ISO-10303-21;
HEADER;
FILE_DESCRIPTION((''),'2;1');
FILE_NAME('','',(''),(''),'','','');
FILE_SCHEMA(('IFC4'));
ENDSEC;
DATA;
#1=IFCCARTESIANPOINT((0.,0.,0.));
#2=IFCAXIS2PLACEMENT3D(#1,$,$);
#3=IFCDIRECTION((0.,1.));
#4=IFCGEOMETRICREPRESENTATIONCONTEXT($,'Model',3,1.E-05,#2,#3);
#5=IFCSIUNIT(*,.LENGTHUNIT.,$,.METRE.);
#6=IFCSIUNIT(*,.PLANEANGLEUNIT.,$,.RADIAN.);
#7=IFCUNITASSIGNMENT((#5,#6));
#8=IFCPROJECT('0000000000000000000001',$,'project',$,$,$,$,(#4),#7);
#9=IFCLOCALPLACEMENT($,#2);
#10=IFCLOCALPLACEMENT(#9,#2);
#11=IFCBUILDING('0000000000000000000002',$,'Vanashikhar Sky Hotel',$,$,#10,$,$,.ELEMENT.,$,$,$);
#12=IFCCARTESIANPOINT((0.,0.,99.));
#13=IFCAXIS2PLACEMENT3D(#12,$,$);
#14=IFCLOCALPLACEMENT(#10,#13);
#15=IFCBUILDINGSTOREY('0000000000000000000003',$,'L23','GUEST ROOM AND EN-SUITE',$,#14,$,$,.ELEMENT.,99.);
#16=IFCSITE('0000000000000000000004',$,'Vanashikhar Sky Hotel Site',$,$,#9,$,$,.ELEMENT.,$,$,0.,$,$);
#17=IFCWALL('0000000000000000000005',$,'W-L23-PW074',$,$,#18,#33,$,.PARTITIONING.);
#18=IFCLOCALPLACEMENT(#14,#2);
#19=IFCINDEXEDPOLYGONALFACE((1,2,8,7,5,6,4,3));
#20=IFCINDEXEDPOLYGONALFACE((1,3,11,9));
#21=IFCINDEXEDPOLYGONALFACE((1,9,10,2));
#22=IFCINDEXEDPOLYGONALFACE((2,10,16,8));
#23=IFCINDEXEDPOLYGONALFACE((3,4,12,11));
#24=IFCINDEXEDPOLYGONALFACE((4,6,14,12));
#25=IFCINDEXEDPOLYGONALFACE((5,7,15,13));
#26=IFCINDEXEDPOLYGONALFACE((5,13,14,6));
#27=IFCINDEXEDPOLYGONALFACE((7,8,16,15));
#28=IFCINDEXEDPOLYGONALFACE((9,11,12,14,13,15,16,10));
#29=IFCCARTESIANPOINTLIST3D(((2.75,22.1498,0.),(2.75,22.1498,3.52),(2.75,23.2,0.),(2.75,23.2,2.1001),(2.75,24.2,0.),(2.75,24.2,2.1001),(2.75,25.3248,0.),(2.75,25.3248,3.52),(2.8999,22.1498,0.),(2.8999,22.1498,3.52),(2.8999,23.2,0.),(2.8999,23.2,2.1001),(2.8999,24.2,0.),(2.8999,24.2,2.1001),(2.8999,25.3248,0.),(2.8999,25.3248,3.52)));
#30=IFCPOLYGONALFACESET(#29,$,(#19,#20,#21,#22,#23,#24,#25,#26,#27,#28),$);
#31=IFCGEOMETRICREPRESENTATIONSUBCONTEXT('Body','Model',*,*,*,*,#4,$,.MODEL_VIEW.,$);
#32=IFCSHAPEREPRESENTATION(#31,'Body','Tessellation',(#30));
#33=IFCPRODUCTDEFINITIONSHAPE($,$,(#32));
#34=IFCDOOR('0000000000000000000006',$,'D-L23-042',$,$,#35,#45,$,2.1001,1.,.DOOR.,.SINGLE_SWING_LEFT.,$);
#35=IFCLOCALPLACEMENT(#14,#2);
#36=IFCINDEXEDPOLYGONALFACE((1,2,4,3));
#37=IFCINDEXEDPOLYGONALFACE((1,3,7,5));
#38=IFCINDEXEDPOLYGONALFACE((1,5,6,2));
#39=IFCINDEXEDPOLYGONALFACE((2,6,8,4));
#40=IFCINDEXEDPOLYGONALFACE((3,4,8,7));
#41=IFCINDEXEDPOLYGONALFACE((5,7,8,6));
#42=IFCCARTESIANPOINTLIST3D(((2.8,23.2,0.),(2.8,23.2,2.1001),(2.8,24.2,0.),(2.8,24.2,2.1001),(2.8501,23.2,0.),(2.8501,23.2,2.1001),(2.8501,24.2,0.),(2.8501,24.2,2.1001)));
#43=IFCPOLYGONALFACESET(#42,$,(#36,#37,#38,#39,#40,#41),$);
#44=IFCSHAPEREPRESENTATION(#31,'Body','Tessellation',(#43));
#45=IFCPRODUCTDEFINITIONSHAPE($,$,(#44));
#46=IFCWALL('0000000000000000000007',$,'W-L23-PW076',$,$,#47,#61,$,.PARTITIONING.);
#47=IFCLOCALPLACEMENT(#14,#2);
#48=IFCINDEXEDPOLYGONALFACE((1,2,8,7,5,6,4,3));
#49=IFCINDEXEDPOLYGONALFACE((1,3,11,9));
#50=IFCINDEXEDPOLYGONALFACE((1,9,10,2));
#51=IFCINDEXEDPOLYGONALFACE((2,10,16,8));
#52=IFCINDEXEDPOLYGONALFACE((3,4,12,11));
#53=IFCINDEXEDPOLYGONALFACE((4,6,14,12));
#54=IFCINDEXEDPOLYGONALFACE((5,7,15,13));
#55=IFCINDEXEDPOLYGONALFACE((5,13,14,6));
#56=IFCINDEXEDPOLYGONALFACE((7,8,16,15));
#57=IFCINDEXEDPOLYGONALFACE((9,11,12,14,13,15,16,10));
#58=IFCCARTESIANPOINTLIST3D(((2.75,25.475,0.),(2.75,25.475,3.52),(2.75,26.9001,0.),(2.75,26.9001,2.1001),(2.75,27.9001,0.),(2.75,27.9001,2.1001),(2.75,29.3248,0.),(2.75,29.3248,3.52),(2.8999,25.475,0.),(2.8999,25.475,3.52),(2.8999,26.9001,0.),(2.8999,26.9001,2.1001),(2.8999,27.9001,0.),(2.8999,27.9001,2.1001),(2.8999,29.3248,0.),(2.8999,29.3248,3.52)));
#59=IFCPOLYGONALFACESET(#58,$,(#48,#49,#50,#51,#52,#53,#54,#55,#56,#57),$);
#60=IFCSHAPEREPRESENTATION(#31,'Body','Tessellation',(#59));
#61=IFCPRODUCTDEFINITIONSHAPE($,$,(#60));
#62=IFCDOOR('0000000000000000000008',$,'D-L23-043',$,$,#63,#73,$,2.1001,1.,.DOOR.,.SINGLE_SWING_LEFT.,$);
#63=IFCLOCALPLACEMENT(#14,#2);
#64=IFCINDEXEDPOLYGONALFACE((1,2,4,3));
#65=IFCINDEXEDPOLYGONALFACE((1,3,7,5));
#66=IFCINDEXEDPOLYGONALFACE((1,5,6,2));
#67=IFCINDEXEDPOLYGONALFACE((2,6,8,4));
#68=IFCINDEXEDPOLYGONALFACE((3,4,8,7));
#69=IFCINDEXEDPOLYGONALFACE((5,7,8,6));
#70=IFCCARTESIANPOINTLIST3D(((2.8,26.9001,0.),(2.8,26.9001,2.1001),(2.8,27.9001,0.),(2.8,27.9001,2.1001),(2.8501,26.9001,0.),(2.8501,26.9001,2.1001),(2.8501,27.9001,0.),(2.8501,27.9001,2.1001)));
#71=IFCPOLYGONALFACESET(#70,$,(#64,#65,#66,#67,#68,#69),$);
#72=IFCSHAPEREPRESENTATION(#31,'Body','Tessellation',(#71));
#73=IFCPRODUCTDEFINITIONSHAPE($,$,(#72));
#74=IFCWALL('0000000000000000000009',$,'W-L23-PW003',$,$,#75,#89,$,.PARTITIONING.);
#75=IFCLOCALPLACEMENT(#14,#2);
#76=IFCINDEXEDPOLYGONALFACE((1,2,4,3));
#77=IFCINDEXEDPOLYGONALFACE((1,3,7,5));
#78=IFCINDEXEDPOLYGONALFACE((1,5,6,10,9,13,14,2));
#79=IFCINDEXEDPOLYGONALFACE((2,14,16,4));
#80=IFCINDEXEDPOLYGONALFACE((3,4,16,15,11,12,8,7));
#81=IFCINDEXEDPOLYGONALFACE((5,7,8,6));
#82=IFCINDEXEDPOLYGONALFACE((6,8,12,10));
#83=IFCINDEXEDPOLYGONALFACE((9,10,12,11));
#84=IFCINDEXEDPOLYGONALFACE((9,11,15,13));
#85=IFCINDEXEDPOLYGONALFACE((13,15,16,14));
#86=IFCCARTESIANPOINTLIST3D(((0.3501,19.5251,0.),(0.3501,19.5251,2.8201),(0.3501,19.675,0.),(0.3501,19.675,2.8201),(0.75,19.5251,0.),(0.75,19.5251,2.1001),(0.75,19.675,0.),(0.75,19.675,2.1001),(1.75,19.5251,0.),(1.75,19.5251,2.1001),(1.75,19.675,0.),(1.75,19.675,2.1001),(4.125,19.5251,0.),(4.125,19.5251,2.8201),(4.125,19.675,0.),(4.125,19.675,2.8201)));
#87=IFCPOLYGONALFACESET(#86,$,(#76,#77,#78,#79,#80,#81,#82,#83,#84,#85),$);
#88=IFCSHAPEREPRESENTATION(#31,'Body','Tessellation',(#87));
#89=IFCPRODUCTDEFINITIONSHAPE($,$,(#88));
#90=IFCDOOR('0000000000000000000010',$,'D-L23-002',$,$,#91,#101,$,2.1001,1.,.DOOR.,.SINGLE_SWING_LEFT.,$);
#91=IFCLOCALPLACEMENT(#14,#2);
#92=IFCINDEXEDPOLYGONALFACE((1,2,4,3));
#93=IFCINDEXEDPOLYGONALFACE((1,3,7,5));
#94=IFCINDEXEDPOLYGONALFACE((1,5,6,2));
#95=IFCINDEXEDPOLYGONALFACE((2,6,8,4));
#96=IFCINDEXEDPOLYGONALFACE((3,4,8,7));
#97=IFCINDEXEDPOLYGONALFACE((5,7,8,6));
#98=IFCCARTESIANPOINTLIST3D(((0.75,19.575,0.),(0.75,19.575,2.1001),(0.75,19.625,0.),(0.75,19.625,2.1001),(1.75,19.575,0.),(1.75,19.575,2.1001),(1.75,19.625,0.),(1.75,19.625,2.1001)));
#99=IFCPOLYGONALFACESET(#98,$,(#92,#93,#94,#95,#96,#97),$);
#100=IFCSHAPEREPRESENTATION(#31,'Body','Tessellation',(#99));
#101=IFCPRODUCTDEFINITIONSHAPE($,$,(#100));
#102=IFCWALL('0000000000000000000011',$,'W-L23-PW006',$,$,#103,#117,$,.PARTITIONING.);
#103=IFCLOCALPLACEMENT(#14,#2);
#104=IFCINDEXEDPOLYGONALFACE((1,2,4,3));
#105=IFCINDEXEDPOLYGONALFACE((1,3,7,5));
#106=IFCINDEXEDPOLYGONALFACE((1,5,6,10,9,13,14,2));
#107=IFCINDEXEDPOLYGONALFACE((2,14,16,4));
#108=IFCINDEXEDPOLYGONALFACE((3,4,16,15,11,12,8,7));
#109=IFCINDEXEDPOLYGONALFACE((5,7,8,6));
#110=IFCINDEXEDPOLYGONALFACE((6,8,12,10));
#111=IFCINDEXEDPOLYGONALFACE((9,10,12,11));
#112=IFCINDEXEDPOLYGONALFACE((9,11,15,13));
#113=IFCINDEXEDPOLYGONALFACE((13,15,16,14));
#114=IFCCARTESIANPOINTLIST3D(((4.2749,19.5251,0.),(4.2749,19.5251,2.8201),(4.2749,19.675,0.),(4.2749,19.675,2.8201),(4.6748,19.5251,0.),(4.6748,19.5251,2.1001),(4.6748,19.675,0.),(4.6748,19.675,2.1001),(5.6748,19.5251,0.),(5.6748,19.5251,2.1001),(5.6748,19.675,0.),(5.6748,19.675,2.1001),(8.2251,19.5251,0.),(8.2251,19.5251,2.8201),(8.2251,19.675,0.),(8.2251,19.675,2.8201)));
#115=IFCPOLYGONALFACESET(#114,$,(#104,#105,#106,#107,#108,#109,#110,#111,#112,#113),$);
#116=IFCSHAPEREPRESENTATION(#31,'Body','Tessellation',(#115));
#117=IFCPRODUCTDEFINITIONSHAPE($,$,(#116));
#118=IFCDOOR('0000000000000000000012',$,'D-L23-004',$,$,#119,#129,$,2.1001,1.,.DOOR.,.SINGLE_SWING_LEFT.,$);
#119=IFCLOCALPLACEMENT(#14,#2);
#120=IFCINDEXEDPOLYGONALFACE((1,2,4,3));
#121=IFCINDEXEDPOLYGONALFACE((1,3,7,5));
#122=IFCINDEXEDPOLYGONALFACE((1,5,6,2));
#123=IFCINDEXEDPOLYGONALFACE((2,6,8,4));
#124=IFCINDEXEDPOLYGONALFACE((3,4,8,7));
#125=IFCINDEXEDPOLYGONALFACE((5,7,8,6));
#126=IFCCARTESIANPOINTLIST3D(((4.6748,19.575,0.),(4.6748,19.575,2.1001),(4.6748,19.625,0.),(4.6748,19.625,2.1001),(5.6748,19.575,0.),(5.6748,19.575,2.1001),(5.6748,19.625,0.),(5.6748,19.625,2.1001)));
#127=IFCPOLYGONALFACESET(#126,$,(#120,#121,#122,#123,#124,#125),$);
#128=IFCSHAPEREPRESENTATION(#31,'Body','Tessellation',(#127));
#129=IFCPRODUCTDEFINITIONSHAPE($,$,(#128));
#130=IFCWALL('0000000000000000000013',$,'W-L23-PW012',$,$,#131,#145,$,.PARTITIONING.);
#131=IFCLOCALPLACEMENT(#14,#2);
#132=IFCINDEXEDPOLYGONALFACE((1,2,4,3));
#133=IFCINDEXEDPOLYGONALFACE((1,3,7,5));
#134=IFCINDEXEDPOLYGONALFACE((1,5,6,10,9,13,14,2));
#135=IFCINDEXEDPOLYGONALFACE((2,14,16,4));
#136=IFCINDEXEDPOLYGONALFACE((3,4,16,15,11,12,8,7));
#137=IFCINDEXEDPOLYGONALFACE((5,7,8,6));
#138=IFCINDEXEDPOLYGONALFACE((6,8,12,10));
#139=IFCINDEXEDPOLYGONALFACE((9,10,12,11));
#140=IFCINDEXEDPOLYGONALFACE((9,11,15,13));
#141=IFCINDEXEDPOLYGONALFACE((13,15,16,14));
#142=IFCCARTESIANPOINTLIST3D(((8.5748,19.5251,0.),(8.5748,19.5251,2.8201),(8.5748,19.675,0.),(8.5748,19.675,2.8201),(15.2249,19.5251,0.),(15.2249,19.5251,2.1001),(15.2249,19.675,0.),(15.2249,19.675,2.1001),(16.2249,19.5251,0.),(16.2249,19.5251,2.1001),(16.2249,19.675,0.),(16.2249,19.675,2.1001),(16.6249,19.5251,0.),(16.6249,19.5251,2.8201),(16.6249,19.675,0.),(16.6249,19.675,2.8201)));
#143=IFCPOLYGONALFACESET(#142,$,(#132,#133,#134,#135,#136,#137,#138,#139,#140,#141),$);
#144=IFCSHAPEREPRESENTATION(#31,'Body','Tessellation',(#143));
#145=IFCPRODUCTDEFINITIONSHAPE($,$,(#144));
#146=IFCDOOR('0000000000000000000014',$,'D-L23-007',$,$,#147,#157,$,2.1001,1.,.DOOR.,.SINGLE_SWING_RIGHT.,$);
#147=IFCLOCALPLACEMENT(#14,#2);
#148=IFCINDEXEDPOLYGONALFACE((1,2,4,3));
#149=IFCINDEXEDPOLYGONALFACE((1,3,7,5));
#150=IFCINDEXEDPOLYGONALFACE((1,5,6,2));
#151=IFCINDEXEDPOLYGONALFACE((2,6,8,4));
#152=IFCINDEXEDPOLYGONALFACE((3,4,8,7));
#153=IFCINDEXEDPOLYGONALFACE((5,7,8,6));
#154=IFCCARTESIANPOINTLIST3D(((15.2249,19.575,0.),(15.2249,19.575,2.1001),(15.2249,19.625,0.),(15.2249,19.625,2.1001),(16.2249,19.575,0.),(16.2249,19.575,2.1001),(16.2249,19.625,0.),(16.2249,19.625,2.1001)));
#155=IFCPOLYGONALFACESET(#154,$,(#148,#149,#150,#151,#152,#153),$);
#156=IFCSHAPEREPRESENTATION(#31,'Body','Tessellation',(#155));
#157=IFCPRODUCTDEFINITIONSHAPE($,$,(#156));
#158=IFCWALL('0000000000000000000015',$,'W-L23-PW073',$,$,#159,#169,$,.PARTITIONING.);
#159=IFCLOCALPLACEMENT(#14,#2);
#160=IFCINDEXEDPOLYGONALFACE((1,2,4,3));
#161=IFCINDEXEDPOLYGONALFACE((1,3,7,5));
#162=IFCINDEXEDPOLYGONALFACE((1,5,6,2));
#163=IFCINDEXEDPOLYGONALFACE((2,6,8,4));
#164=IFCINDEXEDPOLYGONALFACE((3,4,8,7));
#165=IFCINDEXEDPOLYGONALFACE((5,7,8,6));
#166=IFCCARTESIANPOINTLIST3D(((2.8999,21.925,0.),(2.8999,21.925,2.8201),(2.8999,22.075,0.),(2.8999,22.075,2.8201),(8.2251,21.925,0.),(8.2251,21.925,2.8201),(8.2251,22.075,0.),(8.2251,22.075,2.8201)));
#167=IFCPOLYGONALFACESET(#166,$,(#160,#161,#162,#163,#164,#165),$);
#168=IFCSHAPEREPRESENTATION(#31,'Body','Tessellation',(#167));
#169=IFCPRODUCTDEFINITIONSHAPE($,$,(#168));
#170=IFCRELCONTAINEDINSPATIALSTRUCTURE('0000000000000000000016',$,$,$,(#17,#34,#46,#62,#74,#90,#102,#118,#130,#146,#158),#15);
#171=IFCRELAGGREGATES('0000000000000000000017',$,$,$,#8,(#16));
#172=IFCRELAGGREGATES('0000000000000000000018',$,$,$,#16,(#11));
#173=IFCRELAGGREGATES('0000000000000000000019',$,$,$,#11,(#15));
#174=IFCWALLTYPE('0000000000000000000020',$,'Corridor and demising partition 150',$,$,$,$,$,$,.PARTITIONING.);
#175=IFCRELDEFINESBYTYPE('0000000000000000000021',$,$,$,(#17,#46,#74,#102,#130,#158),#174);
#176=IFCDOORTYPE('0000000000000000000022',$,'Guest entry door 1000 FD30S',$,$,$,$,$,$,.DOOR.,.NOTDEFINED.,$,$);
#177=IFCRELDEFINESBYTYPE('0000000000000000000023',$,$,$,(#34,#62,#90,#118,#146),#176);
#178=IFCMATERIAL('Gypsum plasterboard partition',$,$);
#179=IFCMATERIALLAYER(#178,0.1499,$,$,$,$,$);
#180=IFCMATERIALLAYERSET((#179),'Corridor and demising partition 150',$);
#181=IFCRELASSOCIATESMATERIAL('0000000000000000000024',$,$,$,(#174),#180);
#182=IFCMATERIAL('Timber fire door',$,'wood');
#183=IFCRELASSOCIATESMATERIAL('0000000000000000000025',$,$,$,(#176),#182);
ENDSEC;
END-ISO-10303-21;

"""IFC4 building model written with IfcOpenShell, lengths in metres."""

from ifc_helpers import new_model, si_unit, direction, frame, frame_2d, origin, place, context, subcontext, project, spatial, rectangle, extrude, source, transform, mapped, material, layer, layer_set, type_object, element, fill, save


model = new_model("IFC4")

# Units and contexts
model_context = context("Model", 3, precision=1e-05, world=origin(), true_north=direction((0.0, 1.0)))
body_context = subcontext(model_context, "Body", "Model", "MODEL_VIEW")
ifc_project = project(units=[si_unit("LENGTHUNIT", "METRE"), si_unit("PLANEANGLEUNIT", "RADIAN")], contexts=[model_context])

# Site, building, storey
site_placement = place(None, origin())
site = spatial("IfcSite", under=ifc_project, at=site_placement, Name="Vanashikhar Sky Hotel Site", CompositionType="ELEMENT", RefElevation=0.0)
building_placement = place(site_placement, origin())
building = spatial("IfcBuilding", under=site, at=building_placement, Name="Vanashikhar Sky Hotel", CompositionType="ELEMENT")
storey_placement = place(building_placement, frame((0.0, 0.0, 99.0)))
storey = spatial("IfcBuildingStorey", under=building, at=storey_placement, Name="L23", Description="GUEST ROOM AND EN-SUITE", CompositionType="ELEMENT", Elevation=99.0)

# Walls, openings, doors
ifc_material_1 = material(Name="Gypsum plasterboard partition")
ifc_layer_1 = layer(ifc_material_1, 0.1499)
ifc_layer_set_1 = layer_set([ifc_layer_1], Name="Corridor and demising partition 150")
wall_type_1 = type_object("IfcWallType", Name="Corridor and demising partition 150", PredefinedType="PARTITIONING", material=ifc_layer_set_1)
shared_shape_1 = source(origin(), body_context, "Body", "SweptSolid", [
    extrude(rectangle(XDim=3.175, YDim=0.1499, at=frame_2d((1.5874, 0.0))), origin(), (0.0, 0.0, 1.0), 3.52),
])
wall_1_placement = place(storey_placement, frame((2.825, 22.1499, 0.0), z_axis=(0.0, 0.0, 1.0), x_axis=(0.0, 1.0, 0.0)))
wall_1 = element("IfcWall", 1, at=wall_1_placement, inside=storey, type_object=wall_type_1, Name="W-L23-PW074", PredefinedType="PARTITIONING", context=body_context, shape_type="MappedRepresentation", body=[
    mapped(shared_shape_1, transform((0.0, 0.0, 0.0), scale=1.0)),
])
shared_shape_2 = source(origin(), body_context, "Body", "SweptSolid", [
    extrude(rectangle(XDim=1.0, YDim=2.1001, at=frame_2d((0.5, 1.05))), frame((0.0, 0.085, 0.0), z_axis=(0.0, -1.0, 0.0), x_axis=(1.0, 0.0, 0.0)), (0.0, 0.0, 1.0), 0.1699),
])
opening_1_placement = place(wall_1_placement, frame((1.05, 0.0, 0.0)))
opening_1 = element("IfcOpeningElement", 2, at=opening_1_placement, cuts=wall_1, PredefinedType="OPENING", context=body_context, shape_type="MappedRepresentation", body=[
    mapped(shared_shape_2, transform((0.0, 0.0, 0.0), scale=1.0)),
])
ifc_material_2 = material(Name="Timber fire door", Category="wood")
door_type = type_object("IfcDoorType", Name="Guest entry door 1000 FD30S", OperationType="NOTDEFINED", PredefinedType="DOOR", material=ifc_material_2)
shared_shape_3 = source(origin(), body_context, "Body", "SweptSolid", [
    extrude(rectangle(XDim=1.0, YDim=2.1001, at=frame_2d((0.5, 1.05))), frame((0.0, 0.0249, 0.0), z_axis=(0.0, -1.0, 0.0), x_axis=(1.0, 0.0, 0.0)), (0.0, 0.0, 1.0), 0.05),
])
door_1_placement = place(opening_1_placement, origin())
door_1 = element("IfcDoor", 3, at=door_1_placement, inside=storey, type_object=door_type, Name="D-L23-042", OperationType="SINGLE_SWING_LEFT", OverallHeight=2.1001, OverallWidth=1.0, PredefinedType="DOOR", context=body_context, shape_type="MappedRepresentation", body=[
    mapped(shared_shape_3, transform((0.0, 0.0, 0.0), scale=1.0)),
])
fill(opening_1, door_1)
shared_shape_4 = source(origin(), body_context, "Body", "SweptSolid", [
    extrude(rectangle(XDim=3.8499, YDim=0.1499, at=frame_2d((1.9248, 0.0))), origin(), (0.0, 0.0, 1.0), 3.52),
])
wall_2_placement = place(storey_placement, frame((2.825, 25.4751, 0.0), z_axis=(0.0, 0.0, 1.0), x_axis=(0.0, 1.0, 0.0)))
wall_2 = element("IfcWall", 4, at=wall_2_placement, inside=storey, type_object=wall_type_1, Name="W-L23-PW076", PredefinedType="PARTITIONING", context=body_context, shape_type="MappedRepresentation", body=[
    mapped(shared_shape_4, transform((0.0, 0.0, 0.0), scale=1.0)),
])
opening_2_placement = place(wall_2_placement, frame((1.425, 0.0, 0.0)))
opening_2 = element("IfcOpeningElement", 5, at=opening_2_placement, cuts=wall_2, PredefinedType="OPENING", context=body_context, shape_type="MappedRepresentation", body=[
    mapped(shared_shape_2, transform((0.0, 0.0, 0.0), scale=1.0)),
])
door_2_placement = place(opening_2_placement, origin())
door_2 = element("IfcDoor", 6, at=door_2_placement, inside=storey, type_object=door_type, Name="D-L23-043", OperationType="SINGLE_SWING_LEFT", OverallHeight=2.1001, OverallWidth=1.0, PredefinedType="DOOR", context=body_context, shape_type="MappedRepresentation", body=[
    mapped(shared_shape_3, transform((0.0, 0.0, 0.0), scale=1.0)),
])
fill(opening_2, door_2)
shared_shape_5 = source(origin(), body_context, "Body", "SweptSolid", [
    extrude(rectangle(XDim=3.7749, YDim=0.1499, at=frame_2d((1.8875, 0.0))), origin(), (0.0, 0.0, 1.0), 2.8201),
])
wall_3_placement = place(storey_placement, frame((0.3501, 19.6001, 0.0), z_axis=(0.0, 0.0, 1.0), x_axis=(1.0, 0.0, 0.0)))
wall_3 = element("IfcWall", 7, at=wall_3_placement, inside=storey, type_object=wall_type_1, Name="W-L23-PW003", PredefinedType="PARTITIONING", context=body_context, shape_type="MappedRepresentation", body=[
    mapped(shared_shape_5, transform((0.0, 0.0, 0.0), scale=1.0)),
])
opening_3_placement = place(wall_3_placement, frame((0.3999, 0.0, 0.0)))
opening_3 = element("IfcOpeningElement", 8, at=opening_3_placement, cuts=wall_3, PredefinedType="OPENING", context=body_context, shape_type="MappedRepresentation", body=[
    mapped(shared_shape_2, transform((0.0, 0.0, 0.0), scale=1.0)),
])
door_3_placement = place(opening_3_placement, origin())
door_3 = element("IfcDoor", 9, at=door_3_placement, inside=storey, type_object=door_type, Name="D-L23-002", OperationType="SINGLE_SWING_LEFT", OverallHeight=2.1001, OverallWidth=1.0, PredefinedType="DOOR", context=body_context, shape_type="MappedRepresentation", body=[
    mapped(shared_shape_3, transform((0.0, 0.0, 0.0), scale=1.0)),
])
fill(opening_3, door_3)
shared_shape_6 = source(origin(), body_context, "Body", "SweptSolid", [
    extrude(rectangle(XDim=3.9502, YDim=0.1499, at=frame_2d((1.9751, 0.0))), origin(), (0.0, 0.0, 1.0), 2.8201),
])
wall_4_placement = place(storey_placement, frame((4.2749, 19.6001, 0.0), z_axis=(0.0, 0.0, 1.0), x_axis=(1.0, 0.0, 0.0)))
wall_4 = element("IfcWall", 10, at=wall_4_placement, inside=storey, type_object=wall_type_1, Name="W-L23-PW006", PredefinedType="PARTITIONING", context=body_context, shape_type="MappedRepresentation", body=[
    mapped(shared_shape_6, transform((0.0, 0.0, 0.0), scale=1.0)),
])
opening_4_placement = place(wall_4_placement, frame((0.3999, 0.0, 0.0)))
opening_4 = element("IfcOpeningElement", 11, at=opening_4_placement, cuts=wall_4, PredefinedType="OPENING", context=body_context, shape_type="MappedRepresentation", body=[
    mapped(shared_shape_2, transform((0.0, 0.0, 0.0), scale=1.0)),
])
door_4_placement = place(opening_4_placement, origin())
door_4 = element("IfcDoor", 12, at=door_4_placement, inside=storey, type_object=door_type, Name="D-L23-004", OperationType="SINGLE_SWING_LEFT", OverallHeight=2.1001, OverallWidth=1.0, PredefinedType="DOOR", context=body_context, shape_type="MappedRepresentation", body=[
    mapped(shared_shape_3, transform((0.0, 0.0, 0.0), scale=1.0)),
])
fill(opening_4, door_4)
shared_shape_7 = source(origin(), body_context, "Body", "SweptSolid", [
    extrude(rectangle(XDim=8.05, YDim=0.1499, at=frame_2d((4.0249, 0.0))), origin(), (0.0, 0.0, 1.0), 2.8201),
])
wall_5_placement = place(storey_placement, frame((8.575, 19.6001, 0.0), z_axis=(0.0, 0.0, 1.0), x_axis=(1.0, 0.0, 0.0)))
wall_5 = element("IfcWall", 13, at=wall_5_placement, inside=storey, type_object=wall_type_1, Name="W-L23-PW012", PredefinedType="PARTITIONING", context=body_context, shape_type="MappedRepresentation", body=[
    mapped(shared_shape_7, transform((0.0, 0.0, 0.0), scale=1.0)),
])
opening_5_placement = place(wall_5_placement, frame((6.6499, 0.0, 0.0)))
opening_5 = element("IfcOpeningElement", 14, at=opening_5_placement, cuts=wall_5, PredefinedType="OPENING", context=body_context, shape_type="MappedRepresentation", body=[
    mapped(shared_shape_2, transform((0.0, 0.0, 0.0), scale=1.0)),
])
door_5_placement = place(opening_5_placement, origin())
door_5 = element("IfcDoor", 15, at=door_5_placement, inside=storey, type_object=door_type, Name="D-L23-007", OperationType="SINGLE_SWING_RIGHT", OverallHeight=2.1001, OverallWidth=1.0, PredefinedType="DOOR", context=body_context, shape_type="MappedRepresentation", body=[
    mapped(shared_shape_3, transform((0.0, 0.0, 0.0), scale=1.0)),
])
fill(opening_5, door_5)

# Wall
shared_shape_8 = source(origin(), body_context, "Body", "SweptSolid", [
    extrude(rectangle(XDim=5.3252, YDim=0.1499, at=frame_2d((2.6626, 0.0))), origin(), (0.0, 0.0, 1.0), 2.8201),
])
wall_6_placement = place(storey_placement, frame((2.8999, 22.0, 0.0), z_axis=(0.0, 0.0, 1.0), x_axis=(1.0, 0.0, 0.0)))
element("IfcWall", 16, at=wall_6_placement, inside=storey, type_object=wall_type_1, Name="W-L23-PW073", PredefinedType="PARTITIONING", context=body_context, shape_type="MappedRepresentation", body=[
    mapped(shared_shape_8, transform((0.0, 0.0, 0.0), scale=1.0)),
])

save(model, "model.ifc")
